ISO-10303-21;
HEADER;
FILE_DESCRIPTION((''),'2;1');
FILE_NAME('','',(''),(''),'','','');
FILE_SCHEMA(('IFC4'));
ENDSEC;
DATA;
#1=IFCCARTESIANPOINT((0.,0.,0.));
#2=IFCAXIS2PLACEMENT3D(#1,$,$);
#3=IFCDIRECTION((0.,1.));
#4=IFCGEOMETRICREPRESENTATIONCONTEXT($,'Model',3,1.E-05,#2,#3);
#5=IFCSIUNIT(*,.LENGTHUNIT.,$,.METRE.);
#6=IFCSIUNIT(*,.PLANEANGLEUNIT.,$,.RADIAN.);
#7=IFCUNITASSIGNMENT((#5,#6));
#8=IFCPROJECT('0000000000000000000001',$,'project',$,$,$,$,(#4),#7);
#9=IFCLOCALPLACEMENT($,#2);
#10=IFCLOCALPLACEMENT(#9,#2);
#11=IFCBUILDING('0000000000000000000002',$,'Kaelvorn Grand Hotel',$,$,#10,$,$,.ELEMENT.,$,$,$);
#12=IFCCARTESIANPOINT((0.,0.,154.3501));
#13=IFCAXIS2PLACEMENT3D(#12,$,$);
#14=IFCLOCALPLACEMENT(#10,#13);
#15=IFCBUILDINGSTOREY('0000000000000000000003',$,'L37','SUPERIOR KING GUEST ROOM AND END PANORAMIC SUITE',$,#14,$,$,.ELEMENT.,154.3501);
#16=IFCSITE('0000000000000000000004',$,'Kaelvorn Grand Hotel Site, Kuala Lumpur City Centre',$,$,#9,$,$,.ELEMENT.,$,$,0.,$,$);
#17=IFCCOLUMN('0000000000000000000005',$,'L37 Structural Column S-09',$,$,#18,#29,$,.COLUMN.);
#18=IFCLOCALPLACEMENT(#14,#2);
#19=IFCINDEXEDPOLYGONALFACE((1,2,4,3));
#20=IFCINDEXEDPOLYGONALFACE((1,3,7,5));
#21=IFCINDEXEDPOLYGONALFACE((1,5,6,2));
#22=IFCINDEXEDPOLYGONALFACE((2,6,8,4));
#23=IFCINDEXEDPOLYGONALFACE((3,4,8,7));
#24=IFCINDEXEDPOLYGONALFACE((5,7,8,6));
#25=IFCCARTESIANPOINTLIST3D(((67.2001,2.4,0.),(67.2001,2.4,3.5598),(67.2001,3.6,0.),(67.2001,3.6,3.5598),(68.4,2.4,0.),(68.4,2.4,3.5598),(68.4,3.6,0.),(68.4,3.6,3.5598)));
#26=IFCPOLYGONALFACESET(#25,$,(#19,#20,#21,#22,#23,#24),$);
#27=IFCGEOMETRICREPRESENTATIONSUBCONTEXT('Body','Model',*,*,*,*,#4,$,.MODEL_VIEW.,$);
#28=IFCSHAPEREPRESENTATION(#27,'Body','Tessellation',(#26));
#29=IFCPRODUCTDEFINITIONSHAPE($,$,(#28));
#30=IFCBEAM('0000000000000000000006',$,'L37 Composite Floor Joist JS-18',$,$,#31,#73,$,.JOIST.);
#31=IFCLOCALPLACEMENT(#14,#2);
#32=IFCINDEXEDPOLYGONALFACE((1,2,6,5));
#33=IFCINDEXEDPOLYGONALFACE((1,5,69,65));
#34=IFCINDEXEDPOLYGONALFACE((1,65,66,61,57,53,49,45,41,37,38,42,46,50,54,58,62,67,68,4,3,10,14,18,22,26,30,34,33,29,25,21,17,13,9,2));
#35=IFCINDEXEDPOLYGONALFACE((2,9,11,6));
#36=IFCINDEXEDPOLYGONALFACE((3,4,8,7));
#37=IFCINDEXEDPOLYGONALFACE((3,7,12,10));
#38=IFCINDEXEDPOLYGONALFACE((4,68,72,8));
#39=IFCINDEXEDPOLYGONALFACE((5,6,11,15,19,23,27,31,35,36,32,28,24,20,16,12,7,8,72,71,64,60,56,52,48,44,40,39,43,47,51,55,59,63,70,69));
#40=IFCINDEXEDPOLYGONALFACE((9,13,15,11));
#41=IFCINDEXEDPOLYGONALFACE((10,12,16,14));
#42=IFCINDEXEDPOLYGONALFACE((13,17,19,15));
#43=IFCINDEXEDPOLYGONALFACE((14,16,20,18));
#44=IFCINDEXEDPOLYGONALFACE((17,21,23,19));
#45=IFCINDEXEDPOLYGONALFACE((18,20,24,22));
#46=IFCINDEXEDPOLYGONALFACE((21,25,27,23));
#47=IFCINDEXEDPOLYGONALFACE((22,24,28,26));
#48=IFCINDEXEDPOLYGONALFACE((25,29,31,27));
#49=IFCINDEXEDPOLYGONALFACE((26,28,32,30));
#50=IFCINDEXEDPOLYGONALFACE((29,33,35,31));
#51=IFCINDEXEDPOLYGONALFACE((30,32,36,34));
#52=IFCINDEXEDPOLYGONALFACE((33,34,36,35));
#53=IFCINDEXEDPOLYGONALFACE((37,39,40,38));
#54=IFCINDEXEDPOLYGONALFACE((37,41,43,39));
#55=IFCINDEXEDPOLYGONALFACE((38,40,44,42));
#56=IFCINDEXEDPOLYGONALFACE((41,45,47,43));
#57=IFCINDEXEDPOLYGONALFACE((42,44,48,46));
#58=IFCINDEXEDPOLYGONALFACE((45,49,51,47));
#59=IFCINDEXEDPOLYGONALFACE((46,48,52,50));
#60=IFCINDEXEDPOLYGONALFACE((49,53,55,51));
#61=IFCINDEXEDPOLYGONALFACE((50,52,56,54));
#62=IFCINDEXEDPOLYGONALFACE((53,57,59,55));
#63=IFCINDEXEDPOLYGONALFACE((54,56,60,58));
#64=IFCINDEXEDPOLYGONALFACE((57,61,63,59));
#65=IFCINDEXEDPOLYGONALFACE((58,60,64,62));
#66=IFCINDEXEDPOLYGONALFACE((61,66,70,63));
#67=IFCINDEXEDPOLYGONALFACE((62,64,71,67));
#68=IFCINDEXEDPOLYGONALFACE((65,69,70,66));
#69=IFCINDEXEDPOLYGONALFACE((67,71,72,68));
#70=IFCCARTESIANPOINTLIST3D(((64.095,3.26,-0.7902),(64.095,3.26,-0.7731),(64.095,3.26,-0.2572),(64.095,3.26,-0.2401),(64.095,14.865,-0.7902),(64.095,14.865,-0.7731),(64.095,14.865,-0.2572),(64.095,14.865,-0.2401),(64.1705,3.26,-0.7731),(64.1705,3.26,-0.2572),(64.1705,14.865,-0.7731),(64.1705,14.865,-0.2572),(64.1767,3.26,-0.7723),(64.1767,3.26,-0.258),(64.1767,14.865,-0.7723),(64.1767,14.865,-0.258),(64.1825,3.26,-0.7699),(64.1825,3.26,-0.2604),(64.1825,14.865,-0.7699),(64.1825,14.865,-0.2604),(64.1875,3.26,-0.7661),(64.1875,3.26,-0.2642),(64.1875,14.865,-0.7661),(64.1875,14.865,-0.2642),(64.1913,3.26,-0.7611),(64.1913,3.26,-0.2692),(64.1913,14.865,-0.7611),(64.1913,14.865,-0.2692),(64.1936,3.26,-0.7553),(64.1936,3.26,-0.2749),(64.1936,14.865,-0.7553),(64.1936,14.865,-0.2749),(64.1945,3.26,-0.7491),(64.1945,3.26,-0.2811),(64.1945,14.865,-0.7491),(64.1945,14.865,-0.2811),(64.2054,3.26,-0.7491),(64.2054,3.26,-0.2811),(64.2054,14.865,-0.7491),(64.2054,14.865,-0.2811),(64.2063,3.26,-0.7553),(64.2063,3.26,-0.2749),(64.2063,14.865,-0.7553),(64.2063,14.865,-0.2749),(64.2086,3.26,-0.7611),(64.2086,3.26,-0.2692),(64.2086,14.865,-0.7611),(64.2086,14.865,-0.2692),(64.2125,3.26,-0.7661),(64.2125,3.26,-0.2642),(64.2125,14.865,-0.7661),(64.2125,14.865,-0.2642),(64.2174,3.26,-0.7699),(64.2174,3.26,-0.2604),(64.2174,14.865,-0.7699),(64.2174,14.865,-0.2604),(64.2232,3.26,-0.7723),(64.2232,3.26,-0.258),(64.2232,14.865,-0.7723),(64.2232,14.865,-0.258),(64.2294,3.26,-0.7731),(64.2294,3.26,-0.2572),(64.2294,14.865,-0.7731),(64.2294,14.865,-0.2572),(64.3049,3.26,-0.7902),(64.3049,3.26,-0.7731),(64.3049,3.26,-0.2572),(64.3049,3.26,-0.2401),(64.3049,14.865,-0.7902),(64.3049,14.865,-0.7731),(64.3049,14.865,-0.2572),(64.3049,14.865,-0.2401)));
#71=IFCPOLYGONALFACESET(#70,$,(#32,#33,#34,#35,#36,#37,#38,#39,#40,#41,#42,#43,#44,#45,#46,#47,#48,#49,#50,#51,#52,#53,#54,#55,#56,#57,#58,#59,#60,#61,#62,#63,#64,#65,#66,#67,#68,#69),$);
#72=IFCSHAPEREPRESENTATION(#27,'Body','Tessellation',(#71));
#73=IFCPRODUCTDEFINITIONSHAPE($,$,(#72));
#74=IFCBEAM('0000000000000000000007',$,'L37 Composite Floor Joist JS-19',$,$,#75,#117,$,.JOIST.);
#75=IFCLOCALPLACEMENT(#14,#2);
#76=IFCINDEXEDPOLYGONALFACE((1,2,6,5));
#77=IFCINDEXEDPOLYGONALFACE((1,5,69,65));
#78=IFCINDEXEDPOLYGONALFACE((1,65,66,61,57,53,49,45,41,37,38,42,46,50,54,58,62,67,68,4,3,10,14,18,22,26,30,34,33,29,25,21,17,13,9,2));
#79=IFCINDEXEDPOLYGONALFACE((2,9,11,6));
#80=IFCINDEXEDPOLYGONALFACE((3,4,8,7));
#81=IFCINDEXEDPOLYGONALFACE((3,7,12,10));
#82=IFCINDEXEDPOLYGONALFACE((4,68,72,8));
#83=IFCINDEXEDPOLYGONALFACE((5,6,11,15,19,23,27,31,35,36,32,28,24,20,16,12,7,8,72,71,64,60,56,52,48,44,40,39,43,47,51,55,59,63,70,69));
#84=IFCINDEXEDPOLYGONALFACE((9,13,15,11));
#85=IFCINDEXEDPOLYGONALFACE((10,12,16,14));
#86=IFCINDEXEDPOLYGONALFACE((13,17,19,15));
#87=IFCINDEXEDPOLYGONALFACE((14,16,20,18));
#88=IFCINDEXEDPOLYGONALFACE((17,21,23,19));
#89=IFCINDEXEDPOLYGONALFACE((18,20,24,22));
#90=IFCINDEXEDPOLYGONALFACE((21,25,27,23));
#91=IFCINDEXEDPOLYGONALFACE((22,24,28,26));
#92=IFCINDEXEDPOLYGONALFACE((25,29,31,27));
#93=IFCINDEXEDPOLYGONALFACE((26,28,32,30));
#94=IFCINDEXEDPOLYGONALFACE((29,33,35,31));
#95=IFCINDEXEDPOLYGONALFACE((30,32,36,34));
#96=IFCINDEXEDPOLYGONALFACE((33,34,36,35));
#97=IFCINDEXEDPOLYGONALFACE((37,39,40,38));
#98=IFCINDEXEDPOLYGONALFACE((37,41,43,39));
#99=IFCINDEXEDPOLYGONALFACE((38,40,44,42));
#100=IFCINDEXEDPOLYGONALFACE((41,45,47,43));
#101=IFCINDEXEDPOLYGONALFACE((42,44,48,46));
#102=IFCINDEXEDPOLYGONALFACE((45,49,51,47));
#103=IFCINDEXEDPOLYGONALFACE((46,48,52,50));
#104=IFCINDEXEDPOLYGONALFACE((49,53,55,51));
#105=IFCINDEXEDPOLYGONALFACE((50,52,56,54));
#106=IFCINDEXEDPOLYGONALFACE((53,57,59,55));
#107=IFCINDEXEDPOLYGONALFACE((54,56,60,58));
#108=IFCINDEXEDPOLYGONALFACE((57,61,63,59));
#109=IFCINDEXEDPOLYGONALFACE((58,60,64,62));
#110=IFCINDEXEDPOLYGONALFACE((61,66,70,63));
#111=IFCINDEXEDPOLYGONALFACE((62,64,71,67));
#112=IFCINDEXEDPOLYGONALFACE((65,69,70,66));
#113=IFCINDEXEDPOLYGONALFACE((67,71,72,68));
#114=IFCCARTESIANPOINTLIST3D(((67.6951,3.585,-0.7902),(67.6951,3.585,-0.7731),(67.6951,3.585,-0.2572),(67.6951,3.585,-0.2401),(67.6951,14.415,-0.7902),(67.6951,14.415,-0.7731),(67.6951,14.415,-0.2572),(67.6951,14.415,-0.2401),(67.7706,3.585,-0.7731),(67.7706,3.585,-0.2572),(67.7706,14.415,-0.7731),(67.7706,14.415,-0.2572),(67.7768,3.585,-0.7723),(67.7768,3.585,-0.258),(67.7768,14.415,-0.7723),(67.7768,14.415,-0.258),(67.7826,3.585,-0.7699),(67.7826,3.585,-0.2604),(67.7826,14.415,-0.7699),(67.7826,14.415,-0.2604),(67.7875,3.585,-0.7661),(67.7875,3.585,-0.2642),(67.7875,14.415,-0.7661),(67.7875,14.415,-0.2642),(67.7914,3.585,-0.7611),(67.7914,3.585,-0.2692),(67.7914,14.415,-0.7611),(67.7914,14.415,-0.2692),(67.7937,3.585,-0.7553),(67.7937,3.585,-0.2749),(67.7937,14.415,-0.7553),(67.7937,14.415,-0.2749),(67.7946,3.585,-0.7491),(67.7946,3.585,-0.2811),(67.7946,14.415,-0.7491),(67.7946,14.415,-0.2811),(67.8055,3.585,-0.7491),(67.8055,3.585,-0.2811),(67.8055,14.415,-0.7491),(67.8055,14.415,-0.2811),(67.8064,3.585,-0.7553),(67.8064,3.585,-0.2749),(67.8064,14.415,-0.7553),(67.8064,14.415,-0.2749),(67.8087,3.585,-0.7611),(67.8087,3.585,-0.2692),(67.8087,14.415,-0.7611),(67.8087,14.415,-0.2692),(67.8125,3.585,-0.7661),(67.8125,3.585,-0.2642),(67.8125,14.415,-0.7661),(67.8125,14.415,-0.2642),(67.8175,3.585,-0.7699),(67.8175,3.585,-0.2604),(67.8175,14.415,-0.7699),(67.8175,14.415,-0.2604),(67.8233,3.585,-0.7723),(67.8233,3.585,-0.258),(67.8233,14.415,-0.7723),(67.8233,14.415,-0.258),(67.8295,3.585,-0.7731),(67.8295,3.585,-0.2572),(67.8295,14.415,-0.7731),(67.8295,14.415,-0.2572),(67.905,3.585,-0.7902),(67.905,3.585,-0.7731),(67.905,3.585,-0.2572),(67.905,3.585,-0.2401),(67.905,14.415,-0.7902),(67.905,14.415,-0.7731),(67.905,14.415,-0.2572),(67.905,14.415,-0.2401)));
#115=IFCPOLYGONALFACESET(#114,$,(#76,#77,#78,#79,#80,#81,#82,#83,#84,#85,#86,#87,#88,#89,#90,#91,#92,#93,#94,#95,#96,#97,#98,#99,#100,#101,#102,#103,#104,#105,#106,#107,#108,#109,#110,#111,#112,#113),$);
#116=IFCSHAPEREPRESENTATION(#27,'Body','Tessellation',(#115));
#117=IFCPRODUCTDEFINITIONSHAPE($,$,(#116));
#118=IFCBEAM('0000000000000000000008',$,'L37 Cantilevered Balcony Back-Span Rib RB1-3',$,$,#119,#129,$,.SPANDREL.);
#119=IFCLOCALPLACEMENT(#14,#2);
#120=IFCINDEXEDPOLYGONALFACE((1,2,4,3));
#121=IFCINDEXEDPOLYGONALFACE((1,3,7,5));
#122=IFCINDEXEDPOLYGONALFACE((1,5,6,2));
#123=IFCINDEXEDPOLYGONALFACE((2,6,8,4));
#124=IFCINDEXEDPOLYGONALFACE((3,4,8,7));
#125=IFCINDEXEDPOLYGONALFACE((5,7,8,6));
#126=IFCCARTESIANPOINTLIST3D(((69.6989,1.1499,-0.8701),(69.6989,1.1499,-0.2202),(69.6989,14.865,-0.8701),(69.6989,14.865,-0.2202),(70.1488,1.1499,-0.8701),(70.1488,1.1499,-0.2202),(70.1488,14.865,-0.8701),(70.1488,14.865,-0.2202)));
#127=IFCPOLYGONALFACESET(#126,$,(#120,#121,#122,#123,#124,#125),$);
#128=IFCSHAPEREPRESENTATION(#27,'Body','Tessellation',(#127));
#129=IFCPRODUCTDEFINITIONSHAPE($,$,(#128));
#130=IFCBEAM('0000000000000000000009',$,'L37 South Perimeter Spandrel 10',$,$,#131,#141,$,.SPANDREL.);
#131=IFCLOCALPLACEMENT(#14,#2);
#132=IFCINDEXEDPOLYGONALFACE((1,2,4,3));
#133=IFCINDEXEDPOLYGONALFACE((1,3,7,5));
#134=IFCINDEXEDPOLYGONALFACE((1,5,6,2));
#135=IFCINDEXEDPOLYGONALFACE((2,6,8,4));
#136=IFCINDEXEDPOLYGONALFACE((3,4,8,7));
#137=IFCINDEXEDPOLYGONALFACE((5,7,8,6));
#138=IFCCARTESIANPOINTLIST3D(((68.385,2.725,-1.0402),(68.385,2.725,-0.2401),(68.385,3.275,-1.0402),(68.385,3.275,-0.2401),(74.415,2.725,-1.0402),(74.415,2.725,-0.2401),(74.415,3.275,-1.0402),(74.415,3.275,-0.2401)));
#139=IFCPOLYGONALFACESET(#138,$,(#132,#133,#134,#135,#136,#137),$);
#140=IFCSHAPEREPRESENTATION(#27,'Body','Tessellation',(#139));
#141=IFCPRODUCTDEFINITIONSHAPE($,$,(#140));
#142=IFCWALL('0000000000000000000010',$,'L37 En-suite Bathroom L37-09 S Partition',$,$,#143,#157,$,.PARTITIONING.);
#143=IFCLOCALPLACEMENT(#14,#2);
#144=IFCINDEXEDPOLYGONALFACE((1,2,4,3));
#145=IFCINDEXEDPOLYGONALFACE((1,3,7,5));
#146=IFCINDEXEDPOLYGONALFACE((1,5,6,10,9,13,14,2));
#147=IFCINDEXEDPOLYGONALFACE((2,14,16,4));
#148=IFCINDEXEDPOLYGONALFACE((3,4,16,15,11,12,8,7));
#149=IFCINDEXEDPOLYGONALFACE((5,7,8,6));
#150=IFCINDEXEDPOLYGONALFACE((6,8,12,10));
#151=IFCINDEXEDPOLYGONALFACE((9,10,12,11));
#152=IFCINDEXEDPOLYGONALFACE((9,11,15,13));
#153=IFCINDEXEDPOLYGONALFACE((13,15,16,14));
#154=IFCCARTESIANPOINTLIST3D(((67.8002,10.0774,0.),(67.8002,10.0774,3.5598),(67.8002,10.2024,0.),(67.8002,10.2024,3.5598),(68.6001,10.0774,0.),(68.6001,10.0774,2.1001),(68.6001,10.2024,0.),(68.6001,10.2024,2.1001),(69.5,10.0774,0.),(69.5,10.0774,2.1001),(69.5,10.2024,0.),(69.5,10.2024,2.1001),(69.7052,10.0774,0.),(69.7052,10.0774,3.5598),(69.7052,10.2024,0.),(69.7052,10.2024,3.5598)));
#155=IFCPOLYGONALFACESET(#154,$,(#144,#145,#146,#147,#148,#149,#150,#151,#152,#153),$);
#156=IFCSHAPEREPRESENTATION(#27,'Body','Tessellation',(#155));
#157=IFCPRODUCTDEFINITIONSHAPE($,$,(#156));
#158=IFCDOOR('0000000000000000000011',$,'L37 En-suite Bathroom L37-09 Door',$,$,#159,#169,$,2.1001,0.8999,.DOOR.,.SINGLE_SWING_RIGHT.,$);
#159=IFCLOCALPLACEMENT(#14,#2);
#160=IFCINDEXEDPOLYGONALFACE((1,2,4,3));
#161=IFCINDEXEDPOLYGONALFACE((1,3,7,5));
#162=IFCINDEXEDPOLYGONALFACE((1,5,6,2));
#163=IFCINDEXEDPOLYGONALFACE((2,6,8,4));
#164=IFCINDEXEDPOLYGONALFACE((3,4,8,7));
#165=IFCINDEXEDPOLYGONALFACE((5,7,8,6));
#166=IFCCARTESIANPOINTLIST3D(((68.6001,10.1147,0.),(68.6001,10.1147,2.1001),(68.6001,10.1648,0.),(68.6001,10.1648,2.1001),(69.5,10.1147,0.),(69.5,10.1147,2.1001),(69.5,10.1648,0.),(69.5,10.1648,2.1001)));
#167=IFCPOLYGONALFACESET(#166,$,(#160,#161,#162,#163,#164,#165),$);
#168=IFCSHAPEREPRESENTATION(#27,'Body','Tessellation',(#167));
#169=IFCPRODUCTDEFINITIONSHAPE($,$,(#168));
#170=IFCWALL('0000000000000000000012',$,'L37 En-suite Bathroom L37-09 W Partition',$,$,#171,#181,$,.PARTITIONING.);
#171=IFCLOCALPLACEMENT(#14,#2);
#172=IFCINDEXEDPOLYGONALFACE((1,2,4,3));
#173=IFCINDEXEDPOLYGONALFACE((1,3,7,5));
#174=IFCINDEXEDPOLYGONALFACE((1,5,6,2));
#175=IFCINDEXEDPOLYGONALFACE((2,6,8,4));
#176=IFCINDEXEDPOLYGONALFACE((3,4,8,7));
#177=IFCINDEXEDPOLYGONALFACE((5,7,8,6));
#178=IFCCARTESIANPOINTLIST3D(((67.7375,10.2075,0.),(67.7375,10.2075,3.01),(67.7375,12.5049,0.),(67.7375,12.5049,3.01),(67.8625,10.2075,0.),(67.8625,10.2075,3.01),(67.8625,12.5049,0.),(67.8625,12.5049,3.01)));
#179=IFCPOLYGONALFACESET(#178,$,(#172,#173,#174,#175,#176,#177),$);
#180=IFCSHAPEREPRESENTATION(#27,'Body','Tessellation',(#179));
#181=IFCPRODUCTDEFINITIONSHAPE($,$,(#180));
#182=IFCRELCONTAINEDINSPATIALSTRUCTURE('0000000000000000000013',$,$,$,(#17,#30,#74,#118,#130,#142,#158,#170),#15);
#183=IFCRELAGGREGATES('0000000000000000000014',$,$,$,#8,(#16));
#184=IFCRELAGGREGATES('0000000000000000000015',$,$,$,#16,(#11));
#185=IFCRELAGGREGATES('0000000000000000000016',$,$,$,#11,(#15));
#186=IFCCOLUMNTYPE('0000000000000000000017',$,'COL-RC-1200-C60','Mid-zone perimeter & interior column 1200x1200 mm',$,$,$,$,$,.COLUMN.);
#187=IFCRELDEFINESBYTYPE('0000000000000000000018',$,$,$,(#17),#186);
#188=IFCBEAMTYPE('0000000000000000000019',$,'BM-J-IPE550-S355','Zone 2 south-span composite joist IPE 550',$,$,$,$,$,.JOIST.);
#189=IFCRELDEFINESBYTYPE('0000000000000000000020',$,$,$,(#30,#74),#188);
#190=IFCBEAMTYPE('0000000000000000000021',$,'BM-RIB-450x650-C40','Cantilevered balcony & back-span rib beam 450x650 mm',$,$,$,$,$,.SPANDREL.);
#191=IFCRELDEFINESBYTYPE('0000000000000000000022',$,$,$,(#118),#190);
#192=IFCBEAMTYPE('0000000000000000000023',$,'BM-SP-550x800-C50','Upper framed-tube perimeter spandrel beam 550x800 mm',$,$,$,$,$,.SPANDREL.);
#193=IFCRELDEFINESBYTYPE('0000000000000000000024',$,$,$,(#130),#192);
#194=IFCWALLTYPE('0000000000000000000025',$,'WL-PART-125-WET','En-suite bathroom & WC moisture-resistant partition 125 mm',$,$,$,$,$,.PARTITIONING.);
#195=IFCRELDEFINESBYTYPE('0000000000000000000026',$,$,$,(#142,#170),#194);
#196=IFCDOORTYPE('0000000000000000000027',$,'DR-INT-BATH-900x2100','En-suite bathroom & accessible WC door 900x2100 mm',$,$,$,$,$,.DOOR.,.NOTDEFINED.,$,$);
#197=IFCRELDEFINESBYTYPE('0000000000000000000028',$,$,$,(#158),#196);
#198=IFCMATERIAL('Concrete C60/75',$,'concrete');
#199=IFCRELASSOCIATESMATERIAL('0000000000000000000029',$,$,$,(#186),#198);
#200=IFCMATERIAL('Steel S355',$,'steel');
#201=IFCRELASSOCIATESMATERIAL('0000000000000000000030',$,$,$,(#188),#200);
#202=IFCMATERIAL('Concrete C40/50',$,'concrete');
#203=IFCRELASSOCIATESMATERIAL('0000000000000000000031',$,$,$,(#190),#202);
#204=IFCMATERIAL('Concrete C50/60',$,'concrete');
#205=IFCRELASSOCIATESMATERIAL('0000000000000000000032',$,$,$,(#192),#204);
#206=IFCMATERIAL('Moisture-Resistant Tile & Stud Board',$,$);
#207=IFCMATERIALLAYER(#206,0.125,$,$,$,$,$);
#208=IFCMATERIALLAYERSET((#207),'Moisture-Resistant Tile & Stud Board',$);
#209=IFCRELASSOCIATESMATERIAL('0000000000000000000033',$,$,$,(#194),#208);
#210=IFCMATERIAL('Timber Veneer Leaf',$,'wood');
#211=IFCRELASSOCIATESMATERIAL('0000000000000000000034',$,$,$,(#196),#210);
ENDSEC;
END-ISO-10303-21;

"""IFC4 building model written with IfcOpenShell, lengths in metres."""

from ifc_helpers import new_model, si_unit, direction, frame, frame_2d, origin, origin_2d, place, context, subcontext, project, spatial, rectangle, i_section, extrude, material, layer, layer_set, material_profile, profile_set, type_object, element, fill, save


model = new_model("IFC4")

# Units and contexts
model_context = context("Model", 3, precision=1e-05, world=origin(), true_north=direction((0.0, 1.0)))
body_context = subcontext(model_context, "Body", "Model", "MODEL_VIEW")
ifc_project = project(units=[si_unit("LENGTHUNIT", "METRE"), si_unit("PLANEANGLEUNIT", "RADIAN")], contexts=[model_context])

# Site, building, storey
site_placement = place(None, origin())
site = spatial("IfcSite", under=ifc_project, at=site_placement, Name="Kaelvorn Grand Hotel Site, Kuala Lumpur City Centre", CompositionType="ELEMENT", RefElevation=0.0)
building_placement = place(site_placement, origin())
building = spatial("IfcBuilding", under=site, at=building_placement, Name="Kaelvorn Grand Hotel", CompositionType="ELEMENT")
storey_placement = place(building_placement, frame((0.0, 0.0, 154.3501)))
storey = spatial("IfcBuildingStorey", under=building, at=storey_placement, Name="L37", Description="SUPERIOR KING GUEST ROOM AND END PANORAMIC SUITE", CompositionType="ELEMENT", Elevation=154.3501)

# Column
ifc_material_1 = material(Name="Concrete C60/75", Category="concrete")
ifc_material_profile_1 = material_profile(ifc_material_1, rectangle(XDim=1.2, YDim=1.2, at=origin_2d()), Name="RC COL 1200x1200")
ifc_profile_set_1 = profile_set([ifc_material_profile_1], Name="Concrete C60/75")
column_type = type_object("IfcColumnType", Name="COL-RC-1200-C60", Description="Mid-zone perimeter & interior column 1200x1200 mm", PredefinedType="COLUMN", material=ifc_profile_set_1)
column_placement = place(storey_placement, frame((67.8, 3.0, 0.0), z_axis=(0.0, 0.0, 1.0), x_axis=(1.0, 0.0, 0.0)))
element("IfcColumn", 1, at=column_placement, inside=storey, type_object=column_type, Name="L37 Structural Column S-09", PredefinedType="COLUMN", context=body_context, shape_type="SweptSolid", body=[
    extrude(rectangle(XDim=1.2, YDim=1.2, at=origin_2d()), origin(), (0.0, 0.0, 1.0), 3.5598),
])

# Beams
ifc_material_2 = material(Name="Steel S355", Category="steel")
ifc_material_profile_2 = material_profile(ifc_material_2, i_section(OverallWidth=0.21, OverallDepth=0.55, WebThickness=0.011, FlangeThickness=0.0171, FilletRadius=0.0239, at=origin_2d()), Name="IPE 550")
ifc_profile_set_2 = profile_set([ifc_material_profile_2], Name="Steel S355")
beam_type_1 = type_object("IfcBeamType", Name="BM-J-IPE550-S355", Description="Zone 2 south-span composite joist IPE 550", PredefinedType="JOIST", material=ifc_profile_set_2)
beam_1_placement = place(storey_placement, frame((64.2, 3.26, -0.5151), z_axis=(0.0, 1.0, 0.0), x_axis=(-1.0, 0.0, 0.0)))
element("IfcBeam", 2, at=beam_1_placement, inside=storey, type_object=beam_type_1, Name="L37 Composite Floor Joist JS-18", PredefinedType="JOIST", context=body_context, shape_type="SweptSolid", body=[
    extrude(i_section(OverallWidth=0.21, OverallDepth=0.55, WebThickness=0.011, FlangeThickness=0.0171, FilletRadius=0.0239, at=origin_2d()), origin(), (0.0, 0.0, 1.0), 11.605),
])
beam_2_placement = place(storey_placement, frame((67.8, 3.585, -0.5151), z_axis=(0.0, 1.0, 0.0), x_axis=(-1.0, 0.0, 0.0)))
element("IfcBeam", 3, at=beam_2_placement, inside=storey, type_object=beam_type_1, Name="L37 Composite Floor Joist JS-19", PredefinedType="JOIST", context=body_context, shape_type="SweptSolid", body=[
    extrude(i_section(OverallWidth=0.21, OverallDepth=0.55, WebThickness=0.011, FlangeThickness=0.0171, FilletRadius=0.0239, at=origin_2d()), origin(), (0.0, 0.0, 1.0), 10.8301),
])
ifc_material_3 = material(Name="Concrete C40/50", Category="concrete")
ifc_material_profile_3 = material_profile(ifc_material_3, rectangle(XDim=0.45, YDim=0.6499, at=origin_2d()), Name="RC RIB 450x650")
ifc_profile_set_3 = profile_set([ifc_material_profile_3], Name="Concrete C40/50")
beam_type_2 = type_object("IfcBeamType", Name="BM-RIB-450x650-C40", Description="Cantilevered balcony & back-span rib beam 450x650 mm", PredefinedType="SPANDREL", material=ifc_profile_set_3)
beam_3_placement = place(storey_placement, frame((69.9238, 1.1499, -0.5452), z_axis=(0.0, 1.0, 0.0), x_axis=(-1.0, 0.0, 0.0)))
element("IfcBeam", 4, at=beam_3_placement, inside=storey, type_object=beam_type_2, Name="L37 Cantilevered Balcony Back-Span Rib RB1-3", PredefinedType="SPANDREL", context=body_context, shape_type="SweptSolid", body=[
    extrude(rectangle(XDim=0.45, YDim=0.6499, at=origin_2d()), origin(), (0.0, 0.0, 1.0), 13.7151),
])
ifc_material_4 = material(Name="Concrete C50/60", Category="concrete")
ifc_material_profile_4 = material_profile(ifc_material_4, rectangle(XDim=0.55, YDim=0.8, at=origin_2d()), Name="RC SPANDREL 550x800")
ifc_profile_set_4 = profile_set([ifc_material_profile_4], Name="Concrete C50/60")
beam_type_3 = type_object("IfcBeamType", Name="BM-SP-550x800-C50", Description="Upper framed-tube perimeter spandrel beam 550x800 mm", PredefinedType="SPANDREL", material=ifc_profile_set_4)
beam_4_placement = place(storey_placement, frame((68.385, 3.0, -0.6401), z_axis=(1.0, 0.0, 0.0), x_axis=(0.0, 1.0, 0.0)))
element("IfcBeam", 5, at=beam_4_placement, inside=storey, type_object=beam_type_3, Name="L37 South Perimeter Spandrel 10", PredefinedType="SPANDREL", context=body_context, shape_type="SweptSolid", body=[
    extrude(rectangle(XDim=0.55, YDim=0.8, at=origin_2d()), origin(), (0.0, 0.0, 1.0), 6.03),
])

# Wall, opening, door
ifc_material_5 = material(Name="Moisture-Resistant Tile & Stud Board")
ifc_layer_1 = layer(ifc_material_5, 0.125)
ifc_layer_set_1 = layer_set([ifc_layer_1], Name="Moisture-Resistant Tile & Stud Board")
wall_type_1 = type_object("IfcWallType", Name="WL-PART-125-WET", Description="En-suite bathroom & WC moisture-resistant partition 125 mm", PredefinedType="PARTITIONING", material=ifc_layer_set_1)
wall_1_placement = place(storey_placement, frame((67.8, 10.1399, 0.0), z_axis=(0.0, 0.0, 1.0), x_axis=(1.0, 0.0, 0.0)))
wall_1 = element("IfcWall", 6, at=wall_1_placement, inside=storey, type_object=wall_type_1, Name="L37 En-suite Bathroom L37-09 S Partition", PredefinedType="PARTITIONING", context=body_context, shape_type="SweptSolid", body=[
    extrude(rectangle(XDim=1.905, YDim=0.125, at=frame_2d((0.9526, 0.0))), origin(), (0.0, 0.0, 1.0), 3.5598),
])
opening_1_placement = place(wall_1_placement, frame((0.8, 0.0, 0.0)))
opening_1 = element("IfcOpeningElement", 7, at=opening_1_placement, cuts=wall_1, PredefinedType="OPENING", context=body_context, shape_type="SweptSolid", body=[
    extrude(rectangle(XDim=0.8999, YDim=2.1001, at=frame_2d((0.45, 1.05))), frame((0.0, 0.0725, 0.0), z_axis=(0.0, -1.0, 0.0), x_axis=(1.0, 0.0, 0.0)), (0.0, 0.0, 1.0), 0.145),
])
ifc_material_6 = material(Name="Timber Veneer Leaf", Category="wood")
door_type_1 = type_object("IfcDoorType", Name="DR-INT-BATH-900x2100", Description="En-suite bathroom & accessible WC door 900x2100 mm", OperationType="NOTDEFINED", PredefinedType="DOOR", material=ifc_material_6)
door_1_placement = place(opening_1_placement, origin())
door_1 = element("IfcDoor", 8, at=door_1_placement, inside=storey, type_object=door_type_1, Name="L37 En-suite Bathroom L37-09 Door", OperationType="SINGLE_SWING_RIGHT", OverallHeight=2.1001, OverallWidth=0.8999, PredefinedType="DOOR", context=body_context, shape_type="SweptSolid", body=[
    extrude(rectangle(XDim=0.8999, YDim=2.1001, at=frame_2d((0.45, 1.05))), frame((0.0, 0.0249, 0.0), z_axis=(0.0, -1.0, 0.0), x_axis=(1.0, 0.0, 0.0)), (0.0, 0.0, 1.0), 0.05),
])
fill(opening_1, door_1)

# Wall
wall_2_placement = place(storey_placement, frame((67.8, 10.2075, 0.0), z_axis=(0.0, 0.0, 1.0), x_axis=(0.0, 1.0, 0.0)))
element("IfcWall", 9, at=wall_2_placement, inside=storey, type_object=wall_type_1, Name="L37 En-suite Bathroom L37-09 W Partition", PredefinedType="PARTITIONING", context=body_context, shape_type="SweptSolid", body=[
    extrude(rectangle(XDim=2.2974, YDim=0.125, at=frame_2d((1.1487, 0.0))), origin(), (0.0, 0.0, 1.0), 3.01),
])

save(model, "model.ifc")
